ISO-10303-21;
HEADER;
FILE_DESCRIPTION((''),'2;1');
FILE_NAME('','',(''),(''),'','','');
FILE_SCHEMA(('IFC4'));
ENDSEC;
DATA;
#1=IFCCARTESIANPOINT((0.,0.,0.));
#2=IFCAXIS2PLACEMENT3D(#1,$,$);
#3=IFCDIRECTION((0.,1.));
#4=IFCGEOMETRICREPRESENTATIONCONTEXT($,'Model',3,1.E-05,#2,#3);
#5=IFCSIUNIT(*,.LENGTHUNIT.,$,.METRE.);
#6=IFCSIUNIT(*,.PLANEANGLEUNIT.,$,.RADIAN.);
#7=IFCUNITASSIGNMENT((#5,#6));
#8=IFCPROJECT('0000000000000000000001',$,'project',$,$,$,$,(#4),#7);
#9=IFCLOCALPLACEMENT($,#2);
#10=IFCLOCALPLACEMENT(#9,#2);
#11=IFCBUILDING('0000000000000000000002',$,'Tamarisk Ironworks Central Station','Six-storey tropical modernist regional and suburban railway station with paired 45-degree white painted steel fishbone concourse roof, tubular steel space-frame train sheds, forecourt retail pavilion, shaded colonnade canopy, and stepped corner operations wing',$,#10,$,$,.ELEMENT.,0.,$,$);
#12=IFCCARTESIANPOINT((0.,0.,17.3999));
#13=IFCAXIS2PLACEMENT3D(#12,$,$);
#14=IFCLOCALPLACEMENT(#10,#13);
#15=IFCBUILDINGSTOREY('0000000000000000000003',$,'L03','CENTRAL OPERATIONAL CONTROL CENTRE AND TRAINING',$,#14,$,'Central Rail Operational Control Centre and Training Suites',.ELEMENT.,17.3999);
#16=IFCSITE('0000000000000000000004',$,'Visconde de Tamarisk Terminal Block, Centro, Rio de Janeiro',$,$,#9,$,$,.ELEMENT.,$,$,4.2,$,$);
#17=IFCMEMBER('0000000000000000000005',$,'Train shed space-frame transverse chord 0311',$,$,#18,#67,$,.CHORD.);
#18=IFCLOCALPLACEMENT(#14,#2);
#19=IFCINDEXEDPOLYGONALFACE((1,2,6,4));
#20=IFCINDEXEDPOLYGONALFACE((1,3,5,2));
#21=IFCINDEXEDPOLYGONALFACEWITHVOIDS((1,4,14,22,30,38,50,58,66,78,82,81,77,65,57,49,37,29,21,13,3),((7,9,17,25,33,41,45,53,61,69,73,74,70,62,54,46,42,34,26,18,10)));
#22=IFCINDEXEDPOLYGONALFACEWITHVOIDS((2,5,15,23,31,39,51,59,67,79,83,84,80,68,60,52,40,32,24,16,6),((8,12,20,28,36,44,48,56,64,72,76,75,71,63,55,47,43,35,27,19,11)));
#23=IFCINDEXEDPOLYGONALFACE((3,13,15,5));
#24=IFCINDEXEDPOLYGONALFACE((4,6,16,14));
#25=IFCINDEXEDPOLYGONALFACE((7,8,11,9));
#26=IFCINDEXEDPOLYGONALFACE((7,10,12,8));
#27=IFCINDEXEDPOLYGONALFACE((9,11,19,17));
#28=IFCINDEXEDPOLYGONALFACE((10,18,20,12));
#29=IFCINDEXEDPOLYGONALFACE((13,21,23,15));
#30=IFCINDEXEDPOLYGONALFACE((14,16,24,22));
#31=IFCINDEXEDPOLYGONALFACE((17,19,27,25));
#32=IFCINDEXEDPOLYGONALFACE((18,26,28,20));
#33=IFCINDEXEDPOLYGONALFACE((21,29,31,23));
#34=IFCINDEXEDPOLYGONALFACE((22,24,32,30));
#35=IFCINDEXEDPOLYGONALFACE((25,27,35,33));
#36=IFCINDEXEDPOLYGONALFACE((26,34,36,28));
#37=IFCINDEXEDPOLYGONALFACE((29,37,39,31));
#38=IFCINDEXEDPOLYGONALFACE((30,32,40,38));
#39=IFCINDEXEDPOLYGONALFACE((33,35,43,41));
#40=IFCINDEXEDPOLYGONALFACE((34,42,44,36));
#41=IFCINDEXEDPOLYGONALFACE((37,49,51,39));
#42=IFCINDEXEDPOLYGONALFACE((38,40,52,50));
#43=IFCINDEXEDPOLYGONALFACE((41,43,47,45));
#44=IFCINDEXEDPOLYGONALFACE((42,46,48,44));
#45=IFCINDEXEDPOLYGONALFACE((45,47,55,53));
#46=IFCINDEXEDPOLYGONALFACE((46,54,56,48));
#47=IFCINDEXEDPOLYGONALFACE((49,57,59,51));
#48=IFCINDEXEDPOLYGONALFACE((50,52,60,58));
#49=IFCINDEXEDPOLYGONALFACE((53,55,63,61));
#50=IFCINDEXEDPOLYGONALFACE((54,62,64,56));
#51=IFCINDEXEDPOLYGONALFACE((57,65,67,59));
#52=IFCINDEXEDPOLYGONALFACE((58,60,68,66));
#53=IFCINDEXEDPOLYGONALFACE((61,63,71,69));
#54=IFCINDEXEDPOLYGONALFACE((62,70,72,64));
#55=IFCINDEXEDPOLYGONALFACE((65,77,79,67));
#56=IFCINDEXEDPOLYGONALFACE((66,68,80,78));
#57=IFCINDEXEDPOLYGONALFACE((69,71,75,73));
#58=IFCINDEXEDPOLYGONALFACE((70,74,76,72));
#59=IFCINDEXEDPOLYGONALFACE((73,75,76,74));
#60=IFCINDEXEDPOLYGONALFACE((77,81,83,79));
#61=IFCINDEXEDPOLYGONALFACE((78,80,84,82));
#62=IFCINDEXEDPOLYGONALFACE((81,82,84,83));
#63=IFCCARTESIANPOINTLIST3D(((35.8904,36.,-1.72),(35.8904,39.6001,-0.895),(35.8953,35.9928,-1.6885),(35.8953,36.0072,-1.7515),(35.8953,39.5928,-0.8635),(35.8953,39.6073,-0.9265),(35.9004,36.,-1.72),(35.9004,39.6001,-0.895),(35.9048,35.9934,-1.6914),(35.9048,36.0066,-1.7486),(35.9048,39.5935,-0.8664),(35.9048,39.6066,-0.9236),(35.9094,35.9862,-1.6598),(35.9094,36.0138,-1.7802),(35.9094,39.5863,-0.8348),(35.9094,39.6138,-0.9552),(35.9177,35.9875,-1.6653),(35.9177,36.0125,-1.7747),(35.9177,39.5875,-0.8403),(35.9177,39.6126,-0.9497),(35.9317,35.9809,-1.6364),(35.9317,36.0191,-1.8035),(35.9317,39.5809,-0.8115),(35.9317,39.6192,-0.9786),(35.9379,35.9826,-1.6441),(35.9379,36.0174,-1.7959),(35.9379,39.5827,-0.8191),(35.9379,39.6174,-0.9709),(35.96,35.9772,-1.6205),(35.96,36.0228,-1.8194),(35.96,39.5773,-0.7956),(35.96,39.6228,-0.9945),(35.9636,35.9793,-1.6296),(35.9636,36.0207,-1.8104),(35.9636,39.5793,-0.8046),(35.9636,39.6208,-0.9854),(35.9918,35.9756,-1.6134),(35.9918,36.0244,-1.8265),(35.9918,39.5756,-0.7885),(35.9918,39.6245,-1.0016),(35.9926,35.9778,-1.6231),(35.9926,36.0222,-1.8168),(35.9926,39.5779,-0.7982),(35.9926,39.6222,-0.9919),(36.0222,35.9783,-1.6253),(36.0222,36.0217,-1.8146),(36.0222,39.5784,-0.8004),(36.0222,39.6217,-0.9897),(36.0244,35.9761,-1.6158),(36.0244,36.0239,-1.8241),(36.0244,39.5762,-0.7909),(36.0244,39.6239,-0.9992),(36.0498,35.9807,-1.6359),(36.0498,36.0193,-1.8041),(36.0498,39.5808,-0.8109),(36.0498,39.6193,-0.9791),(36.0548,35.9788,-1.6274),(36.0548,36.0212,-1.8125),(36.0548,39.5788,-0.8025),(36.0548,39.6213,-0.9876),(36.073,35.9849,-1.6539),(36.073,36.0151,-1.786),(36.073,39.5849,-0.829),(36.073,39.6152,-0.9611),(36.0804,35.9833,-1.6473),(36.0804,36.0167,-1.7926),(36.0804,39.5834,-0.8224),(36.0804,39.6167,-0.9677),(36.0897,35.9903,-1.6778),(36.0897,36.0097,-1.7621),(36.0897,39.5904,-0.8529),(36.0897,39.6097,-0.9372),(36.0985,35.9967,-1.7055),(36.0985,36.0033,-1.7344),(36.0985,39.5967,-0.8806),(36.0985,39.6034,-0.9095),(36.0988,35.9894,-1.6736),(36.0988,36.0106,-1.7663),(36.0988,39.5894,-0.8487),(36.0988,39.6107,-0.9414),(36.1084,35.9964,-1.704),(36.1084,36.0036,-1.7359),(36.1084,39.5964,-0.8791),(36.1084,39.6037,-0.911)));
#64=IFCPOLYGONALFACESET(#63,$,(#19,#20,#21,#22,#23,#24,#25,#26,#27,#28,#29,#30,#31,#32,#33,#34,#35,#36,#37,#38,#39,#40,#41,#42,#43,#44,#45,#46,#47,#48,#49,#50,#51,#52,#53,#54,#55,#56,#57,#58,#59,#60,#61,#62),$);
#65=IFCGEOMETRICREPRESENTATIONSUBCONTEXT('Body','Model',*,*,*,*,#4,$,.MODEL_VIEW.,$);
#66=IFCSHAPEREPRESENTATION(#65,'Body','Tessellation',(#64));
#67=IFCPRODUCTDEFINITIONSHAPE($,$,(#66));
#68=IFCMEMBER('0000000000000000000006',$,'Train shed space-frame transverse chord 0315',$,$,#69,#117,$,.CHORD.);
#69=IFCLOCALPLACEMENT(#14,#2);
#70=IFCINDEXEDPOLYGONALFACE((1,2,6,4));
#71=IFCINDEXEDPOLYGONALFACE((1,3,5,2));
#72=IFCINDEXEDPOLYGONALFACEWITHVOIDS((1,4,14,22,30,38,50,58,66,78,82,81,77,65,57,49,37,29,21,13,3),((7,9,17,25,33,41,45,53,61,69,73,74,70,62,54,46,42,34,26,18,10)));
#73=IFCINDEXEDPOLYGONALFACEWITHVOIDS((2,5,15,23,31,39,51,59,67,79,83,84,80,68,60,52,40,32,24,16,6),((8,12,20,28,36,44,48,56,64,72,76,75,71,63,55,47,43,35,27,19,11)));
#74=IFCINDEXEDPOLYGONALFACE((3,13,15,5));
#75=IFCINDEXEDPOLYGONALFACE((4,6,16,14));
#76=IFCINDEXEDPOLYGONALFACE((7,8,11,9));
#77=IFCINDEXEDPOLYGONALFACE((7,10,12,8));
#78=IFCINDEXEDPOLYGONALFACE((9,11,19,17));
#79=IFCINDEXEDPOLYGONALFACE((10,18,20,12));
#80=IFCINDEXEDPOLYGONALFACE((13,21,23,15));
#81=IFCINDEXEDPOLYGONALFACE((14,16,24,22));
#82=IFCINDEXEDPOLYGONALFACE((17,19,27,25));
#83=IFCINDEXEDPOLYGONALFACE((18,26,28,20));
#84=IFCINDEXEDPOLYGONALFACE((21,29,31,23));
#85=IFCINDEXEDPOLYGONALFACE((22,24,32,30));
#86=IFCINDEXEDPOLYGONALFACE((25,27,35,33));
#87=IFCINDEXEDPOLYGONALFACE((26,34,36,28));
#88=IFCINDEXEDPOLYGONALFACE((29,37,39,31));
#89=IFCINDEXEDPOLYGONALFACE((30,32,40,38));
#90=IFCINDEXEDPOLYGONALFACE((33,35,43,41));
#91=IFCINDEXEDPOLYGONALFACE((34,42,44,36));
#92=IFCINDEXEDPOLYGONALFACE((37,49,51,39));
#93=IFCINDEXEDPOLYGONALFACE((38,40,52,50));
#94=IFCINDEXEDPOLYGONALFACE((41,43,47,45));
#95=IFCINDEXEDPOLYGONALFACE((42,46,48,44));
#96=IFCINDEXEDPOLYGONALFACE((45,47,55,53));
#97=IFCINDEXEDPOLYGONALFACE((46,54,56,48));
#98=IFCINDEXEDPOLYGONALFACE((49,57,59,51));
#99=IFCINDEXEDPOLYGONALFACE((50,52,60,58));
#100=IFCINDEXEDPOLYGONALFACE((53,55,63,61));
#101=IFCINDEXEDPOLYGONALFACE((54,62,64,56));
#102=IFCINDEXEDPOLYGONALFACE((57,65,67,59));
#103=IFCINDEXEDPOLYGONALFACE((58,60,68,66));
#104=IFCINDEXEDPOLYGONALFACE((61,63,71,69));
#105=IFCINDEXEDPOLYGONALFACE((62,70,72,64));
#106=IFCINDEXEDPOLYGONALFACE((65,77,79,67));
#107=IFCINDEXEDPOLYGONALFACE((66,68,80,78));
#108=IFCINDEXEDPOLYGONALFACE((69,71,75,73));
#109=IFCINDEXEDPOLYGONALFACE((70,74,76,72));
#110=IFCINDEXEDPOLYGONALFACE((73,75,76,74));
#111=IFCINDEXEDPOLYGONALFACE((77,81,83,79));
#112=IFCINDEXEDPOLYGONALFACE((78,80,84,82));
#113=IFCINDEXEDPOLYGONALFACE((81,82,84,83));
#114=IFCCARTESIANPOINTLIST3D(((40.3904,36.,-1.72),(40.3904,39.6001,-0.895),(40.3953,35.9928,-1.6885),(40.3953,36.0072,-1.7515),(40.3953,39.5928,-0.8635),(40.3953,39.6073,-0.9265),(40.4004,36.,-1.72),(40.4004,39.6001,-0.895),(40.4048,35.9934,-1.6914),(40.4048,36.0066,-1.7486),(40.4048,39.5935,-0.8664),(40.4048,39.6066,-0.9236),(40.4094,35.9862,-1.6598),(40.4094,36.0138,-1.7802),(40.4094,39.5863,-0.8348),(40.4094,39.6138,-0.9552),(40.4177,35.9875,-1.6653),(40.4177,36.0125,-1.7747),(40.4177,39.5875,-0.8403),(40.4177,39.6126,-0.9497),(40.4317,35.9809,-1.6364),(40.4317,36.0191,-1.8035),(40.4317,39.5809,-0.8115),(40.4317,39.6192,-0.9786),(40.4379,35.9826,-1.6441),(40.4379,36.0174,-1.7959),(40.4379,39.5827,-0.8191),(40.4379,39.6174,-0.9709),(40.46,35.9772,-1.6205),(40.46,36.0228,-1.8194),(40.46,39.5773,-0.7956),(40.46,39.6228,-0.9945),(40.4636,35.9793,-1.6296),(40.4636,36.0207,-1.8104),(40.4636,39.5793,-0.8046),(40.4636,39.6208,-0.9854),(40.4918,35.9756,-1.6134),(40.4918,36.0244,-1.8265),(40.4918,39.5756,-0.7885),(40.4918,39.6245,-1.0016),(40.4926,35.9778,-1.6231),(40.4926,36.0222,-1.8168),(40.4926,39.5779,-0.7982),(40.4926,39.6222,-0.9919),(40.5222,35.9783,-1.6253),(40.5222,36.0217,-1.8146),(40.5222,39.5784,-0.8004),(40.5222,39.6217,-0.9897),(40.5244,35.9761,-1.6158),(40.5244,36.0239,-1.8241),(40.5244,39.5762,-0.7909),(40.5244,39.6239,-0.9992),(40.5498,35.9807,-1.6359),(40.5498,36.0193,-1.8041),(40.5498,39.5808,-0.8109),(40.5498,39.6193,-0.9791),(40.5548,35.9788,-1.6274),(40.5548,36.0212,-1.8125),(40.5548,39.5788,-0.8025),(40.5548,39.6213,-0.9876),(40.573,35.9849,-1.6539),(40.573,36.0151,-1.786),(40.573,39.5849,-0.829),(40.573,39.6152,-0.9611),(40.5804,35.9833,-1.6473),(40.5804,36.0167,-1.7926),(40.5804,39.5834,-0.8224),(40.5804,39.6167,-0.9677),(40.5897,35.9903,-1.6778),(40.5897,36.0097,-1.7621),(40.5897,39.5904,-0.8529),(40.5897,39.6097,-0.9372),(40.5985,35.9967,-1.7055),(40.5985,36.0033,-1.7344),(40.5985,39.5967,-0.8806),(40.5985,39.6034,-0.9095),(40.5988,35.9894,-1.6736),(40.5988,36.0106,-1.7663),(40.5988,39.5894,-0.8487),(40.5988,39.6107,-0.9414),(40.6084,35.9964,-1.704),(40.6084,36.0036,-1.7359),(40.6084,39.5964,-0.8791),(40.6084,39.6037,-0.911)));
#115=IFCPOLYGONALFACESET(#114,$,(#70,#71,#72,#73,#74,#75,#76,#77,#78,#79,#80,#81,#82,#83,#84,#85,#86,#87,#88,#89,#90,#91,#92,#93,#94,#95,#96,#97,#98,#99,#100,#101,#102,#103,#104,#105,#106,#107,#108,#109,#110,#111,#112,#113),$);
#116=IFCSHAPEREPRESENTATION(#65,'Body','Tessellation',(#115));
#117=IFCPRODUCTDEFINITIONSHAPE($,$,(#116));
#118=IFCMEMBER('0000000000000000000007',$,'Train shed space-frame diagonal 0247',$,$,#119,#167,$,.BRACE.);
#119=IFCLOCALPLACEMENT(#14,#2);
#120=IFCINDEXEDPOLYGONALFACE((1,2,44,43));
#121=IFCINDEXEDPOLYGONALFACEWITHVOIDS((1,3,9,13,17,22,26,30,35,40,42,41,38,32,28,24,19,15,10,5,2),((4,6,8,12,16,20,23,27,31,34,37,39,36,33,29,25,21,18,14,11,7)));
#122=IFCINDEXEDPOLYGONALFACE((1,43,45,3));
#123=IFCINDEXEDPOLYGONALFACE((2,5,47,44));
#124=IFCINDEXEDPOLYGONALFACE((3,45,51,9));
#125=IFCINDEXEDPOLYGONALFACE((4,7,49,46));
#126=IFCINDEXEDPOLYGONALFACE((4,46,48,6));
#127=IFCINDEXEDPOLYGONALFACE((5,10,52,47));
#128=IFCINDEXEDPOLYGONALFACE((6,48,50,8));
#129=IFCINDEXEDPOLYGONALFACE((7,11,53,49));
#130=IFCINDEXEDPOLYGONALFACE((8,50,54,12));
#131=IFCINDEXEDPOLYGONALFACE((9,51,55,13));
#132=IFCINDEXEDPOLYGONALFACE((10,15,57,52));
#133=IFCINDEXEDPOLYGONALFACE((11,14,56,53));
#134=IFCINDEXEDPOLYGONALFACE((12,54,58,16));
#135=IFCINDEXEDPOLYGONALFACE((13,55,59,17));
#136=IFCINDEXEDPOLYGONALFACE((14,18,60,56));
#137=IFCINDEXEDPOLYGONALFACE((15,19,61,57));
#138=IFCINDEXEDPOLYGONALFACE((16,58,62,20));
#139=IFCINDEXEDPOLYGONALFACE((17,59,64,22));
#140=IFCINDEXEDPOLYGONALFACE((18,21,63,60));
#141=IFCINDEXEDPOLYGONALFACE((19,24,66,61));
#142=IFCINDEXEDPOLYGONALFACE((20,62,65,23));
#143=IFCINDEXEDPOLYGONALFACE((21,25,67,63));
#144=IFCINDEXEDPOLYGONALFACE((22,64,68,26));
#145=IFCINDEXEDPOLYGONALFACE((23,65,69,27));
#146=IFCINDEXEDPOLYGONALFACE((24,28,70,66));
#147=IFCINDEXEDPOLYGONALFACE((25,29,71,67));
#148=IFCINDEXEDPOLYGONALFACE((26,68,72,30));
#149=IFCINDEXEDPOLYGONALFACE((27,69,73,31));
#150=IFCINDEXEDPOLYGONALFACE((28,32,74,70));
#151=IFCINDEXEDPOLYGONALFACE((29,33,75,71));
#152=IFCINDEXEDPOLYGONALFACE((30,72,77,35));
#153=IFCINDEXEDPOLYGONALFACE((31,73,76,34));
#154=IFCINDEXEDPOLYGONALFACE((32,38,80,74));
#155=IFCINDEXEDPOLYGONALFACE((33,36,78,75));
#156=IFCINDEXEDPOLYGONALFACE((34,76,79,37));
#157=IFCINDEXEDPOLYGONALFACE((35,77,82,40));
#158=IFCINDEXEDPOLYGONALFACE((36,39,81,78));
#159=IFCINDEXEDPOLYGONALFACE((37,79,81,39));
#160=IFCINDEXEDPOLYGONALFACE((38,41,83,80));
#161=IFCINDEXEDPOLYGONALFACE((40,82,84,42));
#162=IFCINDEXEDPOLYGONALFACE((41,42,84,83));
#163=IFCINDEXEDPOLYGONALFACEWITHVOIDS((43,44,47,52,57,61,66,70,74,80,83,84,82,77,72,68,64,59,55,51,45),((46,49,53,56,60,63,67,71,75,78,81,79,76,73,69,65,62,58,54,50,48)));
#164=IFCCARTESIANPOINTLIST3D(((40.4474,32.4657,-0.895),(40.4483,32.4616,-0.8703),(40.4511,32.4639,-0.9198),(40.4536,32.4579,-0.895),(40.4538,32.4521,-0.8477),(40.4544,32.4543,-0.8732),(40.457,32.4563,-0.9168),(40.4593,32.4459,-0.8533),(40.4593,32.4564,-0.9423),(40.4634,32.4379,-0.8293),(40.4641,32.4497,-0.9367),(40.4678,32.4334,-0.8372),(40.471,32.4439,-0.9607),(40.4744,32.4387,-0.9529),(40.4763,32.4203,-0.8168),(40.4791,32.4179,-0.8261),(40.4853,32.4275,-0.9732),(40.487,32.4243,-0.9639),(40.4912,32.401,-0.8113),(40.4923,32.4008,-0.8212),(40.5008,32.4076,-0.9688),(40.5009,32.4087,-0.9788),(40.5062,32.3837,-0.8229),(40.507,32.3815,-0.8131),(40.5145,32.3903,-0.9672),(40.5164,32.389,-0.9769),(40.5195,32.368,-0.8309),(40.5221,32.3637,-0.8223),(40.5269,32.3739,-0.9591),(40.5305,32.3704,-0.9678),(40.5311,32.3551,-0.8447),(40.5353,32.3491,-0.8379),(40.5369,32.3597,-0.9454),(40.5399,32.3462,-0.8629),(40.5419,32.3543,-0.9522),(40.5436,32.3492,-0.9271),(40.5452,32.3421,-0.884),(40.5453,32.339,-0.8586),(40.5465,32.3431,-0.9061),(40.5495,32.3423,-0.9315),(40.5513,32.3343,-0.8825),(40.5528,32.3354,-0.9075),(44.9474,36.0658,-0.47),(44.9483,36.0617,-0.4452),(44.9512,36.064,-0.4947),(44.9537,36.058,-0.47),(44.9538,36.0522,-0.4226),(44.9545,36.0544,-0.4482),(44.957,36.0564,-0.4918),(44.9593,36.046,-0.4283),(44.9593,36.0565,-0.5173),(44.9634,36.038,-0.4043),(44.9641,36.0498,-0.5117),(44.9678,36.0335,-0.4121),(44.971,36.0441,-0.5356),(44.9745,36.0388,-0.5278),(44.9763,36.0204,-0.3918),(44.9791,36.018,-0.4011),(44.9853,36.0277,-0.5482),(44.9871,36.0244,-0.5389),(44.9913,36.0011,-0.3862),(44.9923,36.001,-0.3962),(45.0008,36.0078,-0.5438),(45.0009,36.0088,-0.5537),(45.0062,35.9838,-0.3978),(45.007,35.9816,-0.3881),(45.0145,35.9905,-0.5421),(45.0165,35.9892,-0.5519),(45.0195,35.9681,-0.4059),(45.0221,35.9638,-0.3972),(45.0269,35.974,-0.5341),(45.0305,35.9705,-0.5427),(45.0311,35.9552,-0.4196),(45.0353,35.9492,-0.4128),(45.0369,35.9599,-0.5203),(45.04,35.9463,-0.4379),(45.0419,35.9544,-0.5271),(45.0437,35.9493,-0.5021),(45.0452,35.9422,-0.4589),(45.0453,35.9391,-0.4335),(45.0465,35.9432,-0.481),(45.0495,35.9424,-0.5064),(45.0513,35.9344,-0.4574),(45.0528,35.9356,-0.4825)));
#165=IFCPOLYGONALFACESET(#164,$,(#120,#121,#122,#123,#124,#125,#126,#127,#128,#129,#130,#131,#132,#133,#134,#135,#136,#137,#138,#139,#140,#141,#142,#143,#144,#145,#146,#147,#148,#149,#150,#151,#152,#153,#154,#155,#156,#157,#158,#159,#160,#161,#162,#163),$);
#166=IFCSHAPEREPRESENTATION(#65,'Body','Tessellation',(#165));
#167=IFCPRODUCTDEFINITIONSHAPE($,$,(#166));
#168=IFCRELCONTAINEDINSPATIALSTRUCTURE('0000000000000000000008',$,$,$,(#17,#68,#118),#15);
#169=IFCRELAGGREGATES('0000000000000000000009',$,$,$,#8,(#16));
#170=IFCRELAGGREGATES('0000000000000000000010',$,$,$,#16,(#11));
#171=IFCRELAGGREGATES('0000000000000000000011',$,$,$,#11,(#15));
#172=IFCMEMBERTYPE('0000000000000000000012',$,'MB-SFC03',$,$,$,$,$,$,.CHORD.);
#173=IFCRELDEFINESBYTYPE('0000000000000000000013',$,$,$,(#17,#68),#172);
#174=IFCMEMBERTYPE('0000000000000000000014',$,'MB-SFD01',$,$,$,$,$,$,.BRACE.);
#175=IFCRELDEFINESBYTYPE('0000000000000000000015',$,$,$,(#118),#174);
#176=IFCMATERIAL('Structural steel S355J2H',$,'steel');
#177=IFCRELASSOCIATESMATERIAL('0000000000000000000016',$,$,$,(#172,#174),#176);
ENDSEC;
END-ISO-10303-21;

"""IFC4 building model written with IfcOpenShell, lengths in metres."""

from ifc_helpers import new_model, si_unit, direction, frame, origin, origin_2d, place, context, subcontext, project, spatial, hollow_circle, extrude, material, material_profile, profile_set, type_object, element, save


model = new_model("IFC4")

# Units and contexts
model_context = context("Model", 3, precision=1e-05, world=origin(), true_north=direction((0.0, 1.0)))
body_context = subcontext(model_context, "Body", "Model", "MODEL_VIEW")
ifc_project = project(units=[si_unit("LENGTHUNIT", "METRE"), si_unit("PLANEANGLEUNIT", "RADIAN")], contexts=[model_context])

# Site, building, storey
site_placement = place(None, origin())
site = spatial("IfcSite", under=ifc_project, at=site_placement, Name="Visconde de Tamarisk Terminal Block, Centro, Rio de Janeiro", CompositionType="ELEMENT", RefElevation=4.2)
building_placement = place(site_placement, origin())
building = spatial("IfcBuilding", under=site, at=building_placement, Name="Tamarisk Ironworks Central Station", Description="Six-storey tropical modernist regional and suburban railway station with paired 45-degree white painted steel fishbone concourse roof, tubular steel space-frame train sheds, forecourt retail pavilion, shaded colonnade canopy, and stepped corner operations wing", CompositionType="ELEMENT", ElevationOfRefHeight=0.0)
storey_placement = place(building_placement, frame((0.0, 0.0, 17.3999)))
storey = spatial("IfcBuildingStorey", under=building, at=storey_placement, Name="L03", Description="CENTRAL OPERATIONAL CONTROL CENTRE AND TRAINING", LongName="Central Rail Operational Control Centre and Training Suites", CompositionType="ELEMENT", Elevation=17.3999)

# Members
ifc_material_1 = material(Name="Structural steel S355J2H", Category="steel")
ifc_material_profile_1 = material_profile(ifc_material_1, hollow_circle(Radius=0.1096, WallThickness=0.01, at=origin_2d()), Name="CHS 219.1x10")
ifc_profile_set_1 = profile_set([ifc_material_profile_1], Name="Structural steel S355J2H")
member_type_1 = type_object("IfcMemberType", Name="MB-SFC03", PredefinedType="CHORD", material=ifc_profile_set_1)
for number, where, z_axis, x_axis, name in (
    (1, (36.0, 36.0, -1.72), (0.0, 0.974737, 0.223358), (-1.0, 0.0, 0.0), "Train shed space-frame transverse chord 0311"),
    (2, (40.5, 36.0, -1.72), (0.0, 0.974737, 0.223358), (-1.0, 0.0, 0.0), "Train shed space-frame transverse chord 0315"),
):
    element("IfcMember", number, at=place(storey_placement, frame(where, z_axis=z_axis, x_axis=x_axis)), inside=storey, type_object=member_type_1, Name=name, PredefinedType="CHORD", context=body_context, shape_type="SweptSolid", body=[
        extrude(hollow_circle(Radius=0.1096, WallThickness=0.01, at=origin_2d()), origin(), (0.0, 0.0, 1.0), 3.6934),
    ])
ifc_material_profile_2 = material_profile(ifc_material_1, hollow_circle(Radius=0.0842, WallThickness=0.01, at=origin_2d()), Name="CHS 168.3x10")
ifc_profile_set_2 = profile_set([ifc_material_profile_2], Name="Structural steel S355J2H")
member_type_2 = type_object("IfcMemberType", Name="MB-SFD01", PredefinedType="BRACE", material=ifc_profile_set_2)
member_1_placement = place(storey_placement, frame((40.5, 32.3999, -0.895), z_axis=(0.778745, 0.623013, 0.073557), x_axis=(-0.624705, 0.780861, 0.0)))
element("IfcMember", 3, at=member_1_placement, inside=storey, type_object=member_type_2, Name="Train shed space-frame diagonal 0247", PredefinedType="BRACE", context=body_context, shape_type="SweptSolid", body=[
    extrude(hollow_circle(Radius=0.0842, WallThickness=0.01, at=origin_2d()), origin(), (0.0, 0.0, 1.0), 5.7786),
])

save(model, "model.ifc")
